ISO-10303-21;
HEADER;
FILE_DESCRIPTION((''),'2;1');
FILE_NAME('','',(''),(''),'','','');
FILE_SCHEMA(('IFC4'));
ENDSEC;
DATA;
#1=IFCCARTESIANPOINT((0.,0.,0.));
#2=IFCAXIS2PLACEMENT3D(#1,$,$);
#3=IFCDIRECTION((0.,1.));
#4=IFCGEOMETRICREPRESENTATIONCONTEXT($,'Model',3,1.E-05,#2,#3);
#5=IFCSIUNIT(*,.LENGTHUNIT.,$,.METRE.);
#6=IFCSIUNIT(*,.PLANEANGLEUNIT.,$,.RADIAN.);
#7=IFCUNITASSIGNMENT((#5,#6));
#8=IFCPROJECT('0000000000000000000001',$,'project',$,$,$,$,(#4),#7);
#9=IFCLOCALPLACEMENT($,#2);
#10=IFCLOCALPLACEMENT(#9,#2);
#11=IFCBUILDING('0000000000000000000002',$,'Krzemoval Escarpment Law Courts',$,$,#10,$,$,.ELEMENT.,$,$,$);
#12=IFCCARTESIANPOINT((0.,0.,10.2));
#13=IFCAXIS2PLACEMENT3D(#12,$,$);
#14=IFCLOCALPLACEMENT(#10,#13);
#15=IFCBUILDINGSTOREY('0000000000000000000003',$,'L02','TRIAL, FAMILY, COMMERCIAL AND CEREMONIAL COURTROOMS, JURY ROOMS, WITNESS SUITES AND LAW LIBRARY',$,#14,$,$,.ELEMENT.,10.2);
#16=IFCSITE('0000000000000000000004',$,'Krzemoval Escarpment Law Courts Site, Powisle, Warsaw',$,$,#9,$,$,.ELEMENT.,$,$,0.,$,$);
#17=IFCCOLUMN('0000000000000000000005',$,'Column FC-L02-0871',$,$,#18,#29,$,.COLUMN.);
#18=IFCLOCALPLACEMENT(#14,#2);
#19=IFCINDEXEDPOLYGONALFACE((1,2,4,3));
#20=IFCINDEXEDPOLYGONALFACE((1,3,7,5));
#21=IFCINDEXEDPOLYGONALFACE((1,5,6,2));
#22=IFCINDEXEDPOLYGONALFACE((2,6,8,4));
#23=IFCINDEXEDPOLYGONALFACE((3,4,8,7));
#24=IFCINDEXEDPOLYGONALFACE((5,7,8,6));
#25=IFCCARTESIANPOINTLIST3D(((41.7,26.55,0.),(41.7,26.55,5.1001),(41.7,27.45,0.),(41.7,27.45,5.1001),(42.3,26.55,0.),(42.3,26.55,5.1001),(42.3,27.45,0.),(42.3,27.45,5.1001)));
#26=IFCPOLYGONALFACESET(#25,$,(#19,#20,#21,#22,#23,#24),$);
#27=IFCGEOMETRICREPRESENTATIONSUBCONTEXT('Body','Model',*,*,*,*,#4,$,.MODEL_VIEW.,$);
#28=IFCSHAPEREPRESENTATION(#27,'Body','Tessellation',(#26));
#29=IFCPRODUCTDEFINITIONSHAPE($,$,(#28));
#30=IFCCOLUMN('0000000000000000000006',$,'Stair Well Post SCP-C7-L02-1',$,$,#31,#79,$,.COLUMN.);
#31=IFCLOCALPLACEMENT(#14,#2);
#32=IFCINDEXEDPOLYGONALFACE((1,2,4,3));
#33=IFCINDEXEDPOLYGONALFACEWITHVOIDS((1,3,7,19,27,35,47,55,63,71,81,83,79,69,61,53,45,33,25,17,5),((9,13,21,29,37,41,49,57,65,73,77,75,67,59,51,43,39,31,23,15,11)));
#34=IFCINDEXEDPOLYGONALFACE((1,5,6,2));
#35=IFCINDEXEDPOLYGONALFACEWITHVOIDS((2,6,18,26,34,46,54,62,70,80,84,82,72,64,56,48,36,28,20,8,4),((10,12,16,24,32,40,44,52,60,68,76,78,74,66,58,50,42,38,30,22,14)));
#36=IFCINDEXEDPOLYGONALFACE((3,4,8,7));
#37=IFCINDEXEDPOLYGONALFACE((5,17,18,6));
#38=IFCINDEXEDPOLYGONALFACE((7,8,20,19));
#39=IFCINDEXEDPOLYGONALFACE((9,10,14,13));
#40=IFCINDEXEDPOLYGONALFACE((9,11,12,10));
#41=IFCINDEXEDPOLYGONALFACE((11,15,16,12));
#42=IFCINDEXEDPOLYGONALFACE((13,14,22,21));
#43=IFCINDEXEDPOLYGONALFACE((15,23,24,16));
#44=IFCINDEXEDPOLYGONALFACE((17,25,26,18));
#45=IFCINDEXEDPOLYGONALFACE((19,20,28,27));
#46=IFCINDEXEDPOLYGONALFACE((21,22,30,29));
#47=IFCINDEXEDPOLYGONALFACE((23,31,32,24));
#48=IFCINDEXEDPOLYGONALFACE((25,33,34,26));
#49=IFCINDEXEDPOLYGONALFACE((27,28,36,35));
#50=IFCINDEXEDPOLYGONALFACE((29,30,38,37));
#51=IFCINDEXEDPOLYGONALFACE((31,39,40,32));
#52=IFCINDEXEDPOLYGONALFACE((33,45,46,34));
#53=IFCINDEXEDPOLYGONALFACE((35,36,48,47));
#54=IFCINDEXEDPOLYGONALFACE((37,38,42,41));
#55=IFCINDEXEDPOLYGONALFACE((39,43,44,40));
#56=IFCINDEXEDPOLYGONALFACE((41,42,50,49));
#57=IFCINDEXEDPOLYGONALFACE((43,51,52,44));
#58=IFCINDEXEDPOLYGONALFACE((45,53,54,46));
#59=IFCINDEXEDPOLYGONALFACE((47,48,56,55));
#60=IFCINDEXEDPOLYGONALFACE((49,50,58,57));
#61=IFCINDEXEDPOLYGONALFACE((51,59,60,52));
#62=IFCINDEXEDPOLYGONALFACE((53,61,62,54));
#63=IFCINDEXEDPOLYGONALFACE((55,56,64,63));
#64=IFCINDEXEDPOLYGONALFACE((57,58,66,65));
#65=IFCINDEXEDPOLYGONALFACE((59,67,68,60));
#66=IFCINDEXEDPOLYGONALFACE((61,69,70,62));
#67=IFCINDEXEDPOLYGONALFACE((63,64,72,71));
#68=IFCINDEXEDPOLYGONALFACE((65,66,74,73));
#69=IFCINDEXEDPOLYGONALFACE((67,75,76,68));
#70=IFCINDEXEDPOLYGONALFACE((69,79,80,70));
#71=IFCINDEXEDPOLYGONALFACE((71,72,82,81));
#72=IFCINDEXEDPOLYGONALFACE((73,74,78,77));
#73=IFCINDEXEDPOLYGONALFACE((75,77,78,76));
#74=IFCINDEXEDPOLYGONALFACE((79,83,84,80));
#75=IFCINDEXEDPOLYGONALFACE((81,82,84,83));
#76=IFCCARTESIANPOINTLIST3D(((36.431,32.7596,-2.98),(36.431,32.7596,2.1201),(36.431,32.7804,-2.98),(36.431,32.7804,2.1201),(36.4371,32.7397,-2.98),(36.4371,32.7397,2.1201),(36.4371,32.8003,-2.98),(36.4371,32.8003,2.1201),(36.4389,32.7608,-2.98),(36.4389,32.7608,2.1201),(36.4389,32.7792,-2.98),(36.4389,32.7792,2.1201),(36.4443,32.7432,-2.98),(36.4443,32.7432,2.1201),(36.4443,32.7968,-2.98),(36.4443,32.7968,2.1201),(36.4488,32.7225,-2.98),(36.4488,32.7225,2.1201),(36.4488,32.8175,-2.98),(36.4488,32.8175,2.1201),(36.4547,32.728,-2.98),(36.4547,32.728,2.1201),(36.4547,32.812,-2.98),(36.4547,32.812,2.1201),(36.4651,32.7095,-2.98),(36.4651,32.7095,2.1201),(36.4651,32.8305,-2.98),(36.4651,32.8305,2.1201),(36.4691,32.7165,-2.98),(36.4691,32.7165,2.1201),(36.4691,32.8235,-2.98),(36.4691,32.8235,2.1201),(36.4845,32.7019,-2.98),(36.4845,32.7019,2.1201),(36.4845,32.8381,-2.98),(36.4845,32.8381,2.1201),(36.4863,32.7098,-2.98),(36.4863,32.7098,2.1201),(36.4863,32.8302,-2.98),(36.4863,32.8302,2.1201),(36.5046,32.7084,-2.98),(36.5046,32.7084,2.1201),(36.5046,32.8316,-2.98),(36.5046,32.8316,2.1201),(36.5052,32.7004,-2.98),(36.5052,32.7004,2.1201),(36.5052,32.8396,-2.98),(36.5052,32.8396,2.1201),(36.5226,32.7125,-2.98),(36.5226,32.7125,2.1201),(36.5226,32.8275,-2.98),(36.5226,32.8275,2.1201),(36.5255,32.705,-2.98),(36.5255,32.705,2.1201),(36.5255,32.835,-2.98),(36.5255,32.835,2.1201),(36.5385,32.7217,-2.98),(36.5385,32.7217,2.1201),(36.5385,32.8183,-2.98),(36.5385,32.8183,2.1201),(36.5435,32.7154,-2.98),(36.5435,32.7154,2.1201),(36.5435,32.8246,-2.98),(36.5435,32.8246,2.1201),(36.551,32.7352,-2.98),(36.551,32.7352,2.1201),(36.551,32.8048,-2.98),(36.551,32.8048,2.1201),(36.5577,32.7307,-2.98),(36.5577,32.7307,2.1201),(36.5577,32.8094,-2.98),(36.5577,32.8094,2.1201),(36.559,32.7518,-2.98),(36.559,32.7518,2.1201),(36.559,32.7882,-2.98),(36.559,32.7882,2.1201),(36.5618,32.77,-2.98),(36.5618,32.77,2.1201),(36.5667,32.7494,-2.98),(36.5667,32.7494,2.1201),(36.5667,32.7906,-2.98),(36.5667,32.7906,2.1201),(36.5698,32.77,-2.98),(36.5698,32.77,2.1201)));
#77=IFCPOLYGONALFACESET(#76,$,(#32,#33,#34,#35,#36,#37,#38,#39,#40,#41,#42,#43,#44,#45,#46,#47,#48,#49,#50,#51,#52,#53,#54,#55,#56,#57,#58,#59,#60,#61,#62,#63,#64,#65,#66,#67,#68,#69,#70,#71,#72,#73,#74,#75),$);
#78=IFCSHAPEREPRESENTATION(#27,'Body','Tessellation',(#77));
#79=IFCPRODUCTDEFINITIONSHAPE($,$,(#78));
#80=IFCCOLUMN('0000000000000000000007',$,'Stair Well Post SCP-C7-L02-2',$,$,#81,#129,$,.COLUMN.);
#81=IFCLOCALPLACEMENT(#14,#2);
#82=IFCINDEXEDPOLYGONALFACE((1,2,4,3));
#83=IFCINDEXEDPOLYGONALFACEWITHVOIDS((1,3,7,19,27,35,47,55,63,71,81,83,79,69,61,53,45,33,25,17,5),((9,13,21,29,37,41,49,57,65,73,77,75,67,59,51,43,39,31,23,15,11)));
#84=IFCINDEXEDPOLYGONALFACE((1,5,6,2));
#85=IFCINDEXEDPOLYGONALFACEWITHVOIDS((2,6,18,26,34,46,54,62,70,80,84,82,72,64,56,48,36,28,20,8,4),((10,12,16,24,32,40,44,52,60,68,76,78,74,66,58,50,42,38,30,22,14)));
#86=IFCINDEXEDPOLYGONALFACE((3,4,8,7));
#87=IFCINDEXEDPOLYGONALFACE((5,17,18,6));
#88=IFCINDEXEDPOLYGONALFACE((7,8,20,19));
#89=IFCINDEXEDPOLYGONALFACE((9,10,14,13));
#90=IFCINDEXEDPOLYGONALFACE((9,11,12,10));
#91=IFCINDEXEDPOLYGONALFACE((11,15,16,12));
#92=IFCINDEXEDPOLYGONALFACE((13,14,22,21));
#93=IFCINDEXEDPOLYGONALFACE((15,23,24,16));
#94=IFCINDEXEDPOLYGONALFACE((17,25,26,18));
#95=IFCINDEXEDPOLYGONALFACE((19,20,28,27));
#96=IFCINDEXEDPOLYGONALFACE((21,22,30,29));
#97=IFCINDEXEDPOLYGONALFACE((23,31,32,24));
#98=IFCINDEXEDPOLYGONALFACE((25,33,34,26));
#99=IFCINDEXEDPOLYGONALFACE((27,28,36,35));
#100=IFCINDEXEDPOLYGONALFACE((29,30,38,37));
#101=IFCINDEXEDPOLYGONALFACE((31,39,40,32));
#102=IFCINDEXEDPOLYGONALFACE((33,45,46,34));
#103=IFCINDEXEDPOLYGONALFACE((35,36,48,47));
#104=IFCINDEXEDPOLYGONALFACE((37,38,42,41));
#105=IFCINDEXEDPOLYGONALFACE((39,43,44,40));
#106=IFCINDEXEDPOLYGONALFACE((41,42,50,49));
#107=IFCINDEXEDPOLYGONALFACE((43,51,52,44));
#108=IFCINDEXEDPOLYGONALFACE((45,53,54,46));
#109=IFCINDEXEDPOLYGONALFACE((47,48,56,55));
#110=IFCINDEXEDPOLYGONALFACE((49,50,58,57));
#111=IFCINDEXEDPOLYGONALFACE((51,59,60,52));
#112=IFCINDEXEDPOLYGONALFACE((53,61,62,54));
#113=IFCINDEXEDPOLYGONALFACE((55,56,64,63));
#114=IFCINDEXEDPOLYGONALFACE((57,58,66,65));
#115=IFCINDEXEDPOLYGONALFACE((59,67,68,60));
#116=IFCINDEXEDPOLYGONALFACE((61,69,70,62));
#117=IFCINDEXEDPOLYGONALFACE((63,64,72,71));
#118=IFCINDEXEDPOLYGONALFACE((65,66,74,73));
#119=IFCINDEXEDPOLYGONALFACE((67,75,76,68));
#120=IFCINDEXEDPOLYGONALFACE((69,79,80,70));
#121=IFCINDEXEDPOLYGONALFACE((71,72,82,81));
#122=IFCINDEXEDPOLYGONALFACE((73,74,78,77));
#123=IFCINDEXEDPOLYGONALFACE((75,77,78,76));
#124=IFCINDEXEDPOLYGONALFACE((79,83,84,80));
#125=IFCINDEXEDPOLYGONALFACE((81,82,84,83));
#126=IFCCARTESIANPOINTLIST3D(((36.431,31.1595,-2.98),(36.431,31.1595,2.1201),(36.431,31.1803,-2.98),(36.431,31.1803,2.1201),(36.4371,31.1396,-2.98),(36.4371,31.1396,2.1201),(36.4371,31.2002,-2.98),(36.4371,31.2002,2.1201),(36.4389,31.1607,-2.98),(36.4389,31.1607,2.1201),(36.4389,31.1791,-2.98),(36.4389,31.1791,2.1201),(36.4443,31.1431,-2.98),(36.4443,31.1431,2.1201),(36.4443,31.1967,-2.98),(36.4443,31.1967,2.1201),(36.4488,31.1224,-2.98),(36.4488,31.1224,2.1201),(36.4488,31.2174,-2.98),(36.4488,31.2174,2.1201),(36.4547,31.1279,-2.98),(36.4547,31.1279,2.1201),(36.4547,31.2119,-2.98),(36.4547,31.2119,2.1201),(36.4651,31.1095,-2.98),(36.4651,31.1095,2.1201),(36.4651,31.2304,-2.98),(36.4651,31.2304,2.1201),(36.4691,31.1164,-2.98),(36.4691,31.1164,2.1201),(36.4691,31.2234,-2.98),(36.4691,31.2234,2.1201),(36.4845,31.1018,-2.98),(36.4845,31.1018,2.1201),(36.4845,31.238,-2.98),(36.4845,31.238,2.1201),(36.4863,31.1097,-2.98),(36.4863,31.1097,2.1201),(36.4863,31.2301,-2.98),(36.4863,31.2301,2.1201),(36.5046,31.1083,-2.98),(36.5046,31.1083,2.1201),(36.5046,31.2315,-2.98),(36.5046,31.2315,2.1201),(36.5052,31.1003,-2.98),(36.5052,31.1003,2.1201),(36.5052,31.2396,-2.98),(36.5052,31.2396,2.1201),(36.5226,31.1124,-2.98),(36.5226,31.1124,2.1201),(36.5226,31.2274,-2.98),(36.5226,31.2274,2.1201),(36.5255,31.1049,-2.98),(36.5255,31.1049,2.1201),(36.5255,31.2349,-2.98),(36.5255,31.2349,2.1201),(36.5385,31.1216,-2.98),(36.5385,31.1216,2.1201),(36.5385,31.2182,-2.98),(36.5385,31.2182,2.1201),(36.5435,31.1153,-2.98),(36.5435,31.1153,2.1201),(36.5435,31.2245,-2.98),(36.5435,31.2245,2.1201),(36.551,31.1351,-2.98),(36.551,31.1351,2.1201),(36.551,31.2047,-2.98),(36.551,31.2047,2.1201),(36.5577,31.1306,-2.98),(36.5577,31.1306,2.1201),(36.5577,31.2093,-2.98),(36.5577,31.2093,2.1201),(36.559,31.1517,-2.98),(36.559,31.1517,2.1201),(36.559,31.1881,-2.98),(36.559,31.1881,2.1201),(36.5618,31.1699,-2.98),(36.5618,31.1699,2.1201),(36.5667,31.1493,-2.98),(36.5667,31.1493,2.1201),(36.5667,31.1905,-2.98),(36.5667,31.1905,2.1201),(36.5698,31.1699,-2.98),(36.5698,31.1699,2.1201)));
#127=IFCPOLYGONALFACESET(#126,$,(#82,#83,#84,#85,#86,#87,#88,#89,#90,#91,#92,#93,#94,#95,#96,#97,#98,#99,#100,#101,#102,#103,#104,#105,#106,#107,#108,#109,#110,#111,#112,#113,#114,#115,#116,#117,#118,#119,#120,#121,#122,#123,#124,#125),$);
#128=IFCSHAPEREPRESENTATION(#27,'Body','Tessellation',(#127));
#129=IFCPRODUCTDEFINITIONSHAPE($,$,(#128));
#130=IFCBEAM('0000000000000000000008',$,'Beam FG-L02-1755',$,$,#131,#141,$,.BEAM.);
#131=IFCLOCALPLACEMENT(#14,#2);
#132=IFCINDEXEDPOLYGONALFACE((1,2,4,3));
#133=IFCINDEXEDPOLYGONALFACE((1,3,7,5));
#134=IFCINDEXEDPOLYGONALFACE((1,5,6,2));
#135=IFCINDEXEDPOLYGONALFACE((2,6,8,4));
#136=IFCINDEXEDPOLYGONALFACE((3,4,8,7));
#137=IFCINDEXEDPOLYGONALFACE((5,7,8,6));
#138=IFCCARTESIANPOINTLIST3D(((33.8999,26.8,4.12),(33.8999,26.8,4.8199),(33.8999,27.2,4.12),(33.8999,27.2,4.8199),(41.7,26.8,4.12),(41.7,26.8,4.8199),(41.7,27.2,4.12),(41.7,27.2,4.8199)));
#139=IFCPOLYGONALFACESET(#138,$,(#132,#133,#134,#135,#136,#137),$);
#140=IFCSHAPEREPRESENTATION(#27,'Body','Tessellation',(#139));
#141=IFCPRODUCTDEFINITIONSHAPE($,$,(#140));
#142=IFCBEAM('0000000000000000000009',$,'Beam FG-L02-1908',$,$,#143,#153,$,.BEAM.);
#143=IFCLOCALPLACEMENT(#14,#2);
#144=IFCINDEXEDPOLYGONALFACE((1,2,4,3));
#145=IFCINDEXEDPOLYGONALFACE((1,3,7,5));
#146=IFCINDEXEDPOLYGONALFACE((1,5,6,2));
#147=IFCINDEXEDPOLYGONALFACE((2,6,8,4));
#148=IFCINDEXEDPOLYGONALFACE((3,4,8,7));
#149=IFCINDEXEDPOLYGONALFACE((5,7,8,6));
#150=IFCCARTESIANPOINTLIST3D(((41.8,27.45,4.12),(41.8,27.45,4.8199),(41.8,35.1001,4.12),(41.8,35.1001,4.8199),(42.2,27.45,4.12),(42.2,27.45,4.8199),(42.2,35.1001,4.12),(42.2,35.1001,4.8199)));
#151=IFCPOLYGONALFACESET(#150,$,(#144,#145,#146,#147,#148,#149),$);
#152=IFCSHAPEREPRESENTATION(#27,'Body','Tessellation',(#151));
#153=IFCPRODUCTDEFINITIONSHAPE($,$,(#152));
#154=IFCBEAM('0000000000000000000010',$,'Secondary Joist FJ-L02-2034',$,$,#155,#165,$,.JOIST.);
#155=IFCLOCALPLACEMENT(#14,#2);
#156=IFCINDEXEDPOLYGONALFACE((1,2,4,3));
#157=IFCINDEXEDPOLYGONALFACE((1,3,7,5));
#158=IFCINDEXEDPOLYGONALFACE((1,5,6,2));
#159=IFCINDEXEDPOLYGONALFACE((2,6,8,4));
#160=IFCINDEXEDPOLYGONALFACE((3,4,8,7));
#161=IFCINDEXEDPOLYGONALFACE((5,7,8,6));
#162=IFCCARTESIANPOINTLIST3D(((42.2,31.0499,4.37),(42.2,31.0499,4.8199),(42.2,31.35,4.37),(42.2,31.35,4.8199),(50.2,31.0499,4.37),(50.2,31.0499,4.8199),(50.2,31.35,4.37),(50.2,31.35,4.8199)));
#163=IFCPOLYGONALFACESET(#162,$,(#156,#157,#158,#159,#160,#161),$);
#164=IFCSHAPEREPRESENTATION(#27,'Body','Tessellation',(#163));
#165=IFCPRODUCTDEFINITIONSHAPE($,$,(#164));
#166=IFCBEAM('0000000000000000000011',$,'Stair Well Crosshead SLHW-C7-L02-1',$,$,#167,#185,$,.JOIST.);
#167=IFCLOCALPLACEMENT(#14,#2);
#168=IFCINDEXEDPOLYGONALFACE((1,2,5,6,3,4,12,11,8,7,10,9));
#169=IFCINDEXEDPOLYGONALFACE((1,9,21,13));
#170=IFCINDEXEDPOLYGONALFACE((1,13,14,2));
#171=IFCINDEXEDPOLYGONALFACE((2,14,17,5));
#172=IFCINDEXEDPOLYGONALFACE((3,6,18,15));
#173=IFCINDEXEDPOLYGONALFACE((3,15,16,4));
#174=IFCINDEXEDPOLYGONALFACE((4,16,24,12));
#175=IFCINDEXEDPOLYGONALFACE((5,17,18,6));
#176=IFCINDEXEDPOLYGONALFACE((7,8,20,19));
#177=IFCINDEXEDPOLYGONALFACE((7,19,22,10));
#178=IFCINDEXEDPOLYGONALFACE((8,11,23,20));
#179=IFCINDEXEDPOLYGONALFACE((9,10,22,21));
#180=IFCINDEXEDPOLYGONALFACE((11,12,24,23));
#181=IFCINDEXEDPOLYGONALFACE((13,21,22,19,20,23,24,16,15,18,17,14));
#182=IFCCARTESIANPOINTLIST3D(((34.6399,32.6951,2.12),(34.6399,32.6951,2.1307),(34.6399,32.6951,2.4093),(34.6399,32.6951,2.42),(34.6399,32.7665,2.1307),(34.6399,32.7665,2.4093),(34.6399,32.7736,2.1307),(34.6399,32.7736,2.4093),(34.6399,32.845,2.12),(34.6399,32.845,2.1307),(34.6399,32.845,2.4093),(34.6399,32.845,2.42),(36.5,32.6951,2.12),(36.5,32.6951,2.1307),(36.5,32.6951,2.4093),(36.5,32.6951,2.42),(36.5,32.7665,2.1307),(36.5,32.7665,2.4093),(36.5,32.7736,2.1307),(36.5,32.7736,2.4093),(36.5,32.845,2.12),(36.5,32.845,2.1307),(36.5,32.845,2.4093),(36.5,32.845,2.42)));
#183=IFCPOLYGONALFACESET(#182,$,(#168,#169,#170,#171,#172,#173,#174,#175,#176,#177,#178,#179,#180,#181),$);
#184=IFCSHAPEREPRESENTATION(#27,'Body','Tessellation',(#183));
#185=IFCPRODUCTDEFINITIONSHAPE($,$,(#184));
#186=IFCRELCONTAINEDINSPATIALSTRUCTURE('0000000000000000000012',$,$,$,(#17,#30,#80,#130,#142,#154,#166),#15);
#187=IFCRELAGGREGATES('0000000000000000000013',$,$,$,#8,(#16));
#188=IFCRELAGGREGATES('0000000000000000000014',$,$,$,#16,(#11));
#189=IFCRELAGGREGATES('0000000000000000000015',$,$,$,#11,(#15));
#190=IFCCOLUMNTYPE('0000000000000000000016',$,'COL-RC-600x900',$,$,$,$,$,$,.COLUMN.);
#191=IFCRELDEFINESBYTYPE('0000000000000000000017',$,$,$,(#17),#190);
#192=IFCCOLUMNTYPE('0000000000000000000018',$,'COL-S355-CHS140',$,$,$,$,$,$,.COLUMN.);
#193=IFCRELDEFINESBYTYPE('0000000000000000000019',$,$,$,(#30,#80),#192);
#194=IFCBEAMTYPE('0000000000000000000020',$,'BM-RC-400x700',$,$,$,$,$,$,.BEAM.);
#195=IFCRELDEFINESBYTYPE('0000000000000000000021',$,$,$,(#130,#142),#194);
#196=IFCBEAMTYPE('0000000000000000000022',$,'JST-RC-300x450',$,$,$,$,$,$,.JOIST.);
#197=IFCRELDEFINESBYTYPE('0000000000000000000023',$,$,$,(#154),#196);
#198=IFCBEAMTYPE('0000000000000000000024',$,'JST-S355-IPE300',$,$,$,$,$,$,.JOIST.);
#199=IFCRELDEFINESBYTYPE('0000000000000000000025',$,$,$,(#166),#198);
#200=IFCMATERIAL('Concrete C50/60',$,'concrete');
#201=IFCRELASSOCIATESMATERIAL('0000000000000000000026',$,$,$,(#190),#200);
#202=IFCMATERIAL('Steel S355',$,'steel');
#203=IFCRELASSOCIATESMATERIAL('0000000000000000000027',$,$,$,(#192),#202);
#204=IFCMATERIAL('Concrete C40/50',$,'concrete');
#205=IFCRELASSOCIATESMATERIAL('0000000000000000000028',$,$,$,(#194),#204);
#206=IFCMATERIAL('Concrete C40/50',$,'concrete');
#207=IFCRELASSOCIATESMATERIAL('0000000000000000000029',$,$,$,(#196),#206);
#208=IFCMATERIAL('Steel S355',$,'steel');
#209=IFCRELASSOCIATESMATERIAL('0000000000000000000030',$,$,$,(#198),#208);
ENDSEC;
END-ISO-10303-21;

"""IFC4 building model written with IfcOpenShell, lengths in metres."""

from ifc_helpers import new_model, si_unit, direction, frame, origin, origin_2d, place, context, subcontext, project, spatial, rectangle, hollow_circle, i_section, extrude, material, material_profile, profile_set, type_object, element, save


model = new_model("IFC4")

# Units and contexts
model_context = context("Model", 3, precision=1e-05, world=origin(), true_north=direction((0.0, 1.0)))
body_context = subcontext(model_context, "Body", "Model", "MODEL_VIEW")
ifc_project = project(units=[si_unit("LENGTHUNIT", "METRE"), si_unit("PLANEANGLEUNIT", "RADIAN")], contexts=[model_context])

# Site, building, storey
site_placement = place(None, origin())
site = spatial("IfcSite", under=ifc_project, at=site_placement, Name="Krzemoval Escarpment Law Courts Site, Powisle, Warsaw", CompositionType="ELEMENT", RefElevation=0.0)
building_placement = place(site_placement, origin())
building = spatial("IfcBuilding", under=site, at=building_placement, Name="Krzemoval Escarpment Law Courts", CompositionType="ELEMENT")
storey_placement = place(building_placement, frame((0.0, 0.0, 10.2)))
storey = spatial("IfcBuildingStorey", under=building, at=storey_placement, Name="L02", Description="TRIAL, FAMILY, COMMERCIAL AND CEREMONIAL COURTROOMS, JURY ROOMS, WITNESS SUITES AND LAW LIBRARY", CompositionType="ELEMENT", Elevation=10.2)

# Columns
ifc_material_1 = material(Name="Concrete C50/60", Category="concrete")
ifc_material_profile_1 = material_profile(ifc_material_1, rectangle(XDim=0.6001, YDim=0.8999, at=origin_2d()), Name="RC 600x900")
ifc_profile_set_1 = profile_set([ifc_material_profile_1], Name="Concrete C50/60")
column_type_1 = type_object("IfcColumnType", Name="COL-RC-600x900", PredefinedType="COLUMN", material=ifc_profile_set_1)
column_placement = place(storey_placement, frame((42.0, 27.0, 0.0), z_axis=(0.0, 0.0, 1.0), x_axis=(1.0, 0.0, 0.0)))
element("IfcColumn", 1, at=column_placement, inside=storey, type_object=column_type_1, Name="Column FC-L02-0871", PredefinedType="COLUMN", context=body_context, shape_type="SweptSolid", body=[
    extrude(rectangle(XDim=0.6001, YDim=0.8999, at=origin_2d()), origin(), (0.0, 0.0, 1.0), 5.1001),
])
ifc_material_2 = material(Name="Steel S355", Category="steel")
ifc_material_profile_2 = material_profile(ifc_material_2, hollow_circle(Radius=0.0698, WallThickness=0.0081, at=origin_2d()), Name="CHS 139.7x8")
ifc_profile_set_2 = profile_set([ifc_material_profile_2], Name="Steel S355")
column_type_2 = type_object("IfcColumnType", Name="COL-S355-CHS140", PredefinedType="COLUMN", material=ifc_profile_set_2)
for number, where, z_axis, x_axis, name in (
    (2, (36.5, 32.77, -2.98), (0.0, 0.0, 1.0), (1.0, 0.0, 0.0), "Stair Well Post SCP-C7-L02-1"),
    (3, (36.5, 31.1699, -2.98), (0.0, 0.0, 1.0), (1.0, 0.0, 0.0), "Stair Well Post SCP-C7-L02-2"),
):
    element("IfcColumn", number, at=place(storey_placement, frame(where, z_axis=z_axis, x_axis=x_axis)), inside=storey, type_object=column_type_2, Name=name, PredefinedType="COLUMN", context=body_context, shape_type="SweptSolid", body=[
        extrude(hollow_circle(Radius=0.0698, WallThickness=0.0081, at=origin_2d()), origin(), (0.0, 0.0, 1.0), 5.1001),
    ])

# Beams
ifc_material_3 = material(Name="Concrete C40/50", Category="concrete")
ifc_material_profile_3 = material_profile(ifc_material_3, rectangle(XDim=0.3999, YDim=0.7, at=origin_2d()), Name="RCB 400x700")
ifc_profile_set_3 = profile_set([ifc_material_profile_3], Name="Concrete C40/50")
beam_type_1 = type_object("IfcBeamType", Name="BM-RC-400x700", PredefinedType="BEAM", material=ifc_profile_set_3)
beam_1_placement = place(storey_placement, frame((33.8999, 27.0, 4.47), z_axis=(1.0, 0.0, 0.0), x_axis=(0.0, 1.0, 0.0)))
element("IfcBeam", 4, at=beam_1_placement, inside=storey, type_object=beam_type_1, Name="Beam FG-L02-1755", PredefinedType="BEAM", context=body_context, shape_type="SweptSolid", body=[
    extrude(rectangle(XDim=0.3999, YDim=0.7, at=origin_2d()), origin(), (0.0, 0.0, 1.0), 7.8),
])
beam_2_placement = place(storey_placement, frame((42.0, 27.45, 4.47), z_axis=(0.0, 1.0, 0.0), x_axis=(-1.0, 0.0, 0.0)))
element("IfcBeam", 5, at=beam_2_placement, inside=storey, type_object=beam_type_1, Name="Beam FG-L02-1908", PredefinedType="BEAM", context=body_context, shape_type="SweptSolid", body=[
    extrude(rectangle(XDim=0.3999, YDim=0.7, at=origin_2d()), origin(), (0.0, 0.0, 1.0), 7.6501),
])
ifc_material_4 = material(Name="Concrete C40/50", Category="concrete")
ifc_material_profile_4 = material_profile(ifc_material_4, rectangle(XDim=0.3, YDim=0.45, at=origin_2d()), Name="RCB 300x450")
ifc_profile_set_4 = profile_set([ifc_material_profile_4], Name="Concrete C40/50")
beam_type_2 = type_object("IfcBeamType", Name="JST-RC-300x450", PredefinedType="JOIST", material=ifc_profile_set_4)
beam_3_placement = place(storey_placement, frame((42.2, 31.2, 4.595), z_axis=(1.0, 0.0, 0.0), x_axis=(0.0, 1.0, 0.0)))
element("IfcBeam", 6, at=beam_3_placement, inside=storey, type_object=beam_type_2, Name="Secondary Joist FJ-L02-2034", PredefinedType="JOIST", context=body_context, shape_type="SweptSolid", body=[
    extrude(rectangle(XDim=0.3, YDim=0.45, at=origin_2d()), origin(), (0.0, 0.0, 1.0), 8.0),
])
ifc_material_5 = material(Name="Steel S355", Category="steel")
ifc_material_profile_5 = material_profile(ifc_material_5, i_section(OverallWidth=0.1499, OverallDepth=0.3, WebThickness=0.0071, FlangeThickness=0.0107, at=origin_2d()), Name="IPE 300")
ifc_profile_set_5 = profile_set([ifc_material_profile_5], Name="Steel S355")
beam_type_3 = type_object("IfcBeamType", Name="JST-S355-IPE300", PredefinedType="JOIST", material=ifc_profile_set_5)
for number, where, z_axis, x_axis, name in (
    (7, (36.5, 32.77, 2.27), (-1.0, 0.0, 0.0), (0.0, -1.0, 0.0), "Stair Well Crosshead SLHW-C7-L02-1"),
):
    element("IfcBeam", number, at=place(storey_placement, frame(where, z_axis=z_axis, x_axis=x_axis)), inside=storey, type_object=beam_type_3, Name=name, PredefinedType="JOIST", context=body_context, shape_type="SweptSolid", body=[
        extrude(i_section(OverallWidth=0.1499, OverallDepth=0.3, WebThickness=0.0071, FlangeThickness=0.0107, at=origin_2d()), origin(), (0.0, 0.0, 1.0), 1.8601),
    ])

save(model, "model.ifc")
